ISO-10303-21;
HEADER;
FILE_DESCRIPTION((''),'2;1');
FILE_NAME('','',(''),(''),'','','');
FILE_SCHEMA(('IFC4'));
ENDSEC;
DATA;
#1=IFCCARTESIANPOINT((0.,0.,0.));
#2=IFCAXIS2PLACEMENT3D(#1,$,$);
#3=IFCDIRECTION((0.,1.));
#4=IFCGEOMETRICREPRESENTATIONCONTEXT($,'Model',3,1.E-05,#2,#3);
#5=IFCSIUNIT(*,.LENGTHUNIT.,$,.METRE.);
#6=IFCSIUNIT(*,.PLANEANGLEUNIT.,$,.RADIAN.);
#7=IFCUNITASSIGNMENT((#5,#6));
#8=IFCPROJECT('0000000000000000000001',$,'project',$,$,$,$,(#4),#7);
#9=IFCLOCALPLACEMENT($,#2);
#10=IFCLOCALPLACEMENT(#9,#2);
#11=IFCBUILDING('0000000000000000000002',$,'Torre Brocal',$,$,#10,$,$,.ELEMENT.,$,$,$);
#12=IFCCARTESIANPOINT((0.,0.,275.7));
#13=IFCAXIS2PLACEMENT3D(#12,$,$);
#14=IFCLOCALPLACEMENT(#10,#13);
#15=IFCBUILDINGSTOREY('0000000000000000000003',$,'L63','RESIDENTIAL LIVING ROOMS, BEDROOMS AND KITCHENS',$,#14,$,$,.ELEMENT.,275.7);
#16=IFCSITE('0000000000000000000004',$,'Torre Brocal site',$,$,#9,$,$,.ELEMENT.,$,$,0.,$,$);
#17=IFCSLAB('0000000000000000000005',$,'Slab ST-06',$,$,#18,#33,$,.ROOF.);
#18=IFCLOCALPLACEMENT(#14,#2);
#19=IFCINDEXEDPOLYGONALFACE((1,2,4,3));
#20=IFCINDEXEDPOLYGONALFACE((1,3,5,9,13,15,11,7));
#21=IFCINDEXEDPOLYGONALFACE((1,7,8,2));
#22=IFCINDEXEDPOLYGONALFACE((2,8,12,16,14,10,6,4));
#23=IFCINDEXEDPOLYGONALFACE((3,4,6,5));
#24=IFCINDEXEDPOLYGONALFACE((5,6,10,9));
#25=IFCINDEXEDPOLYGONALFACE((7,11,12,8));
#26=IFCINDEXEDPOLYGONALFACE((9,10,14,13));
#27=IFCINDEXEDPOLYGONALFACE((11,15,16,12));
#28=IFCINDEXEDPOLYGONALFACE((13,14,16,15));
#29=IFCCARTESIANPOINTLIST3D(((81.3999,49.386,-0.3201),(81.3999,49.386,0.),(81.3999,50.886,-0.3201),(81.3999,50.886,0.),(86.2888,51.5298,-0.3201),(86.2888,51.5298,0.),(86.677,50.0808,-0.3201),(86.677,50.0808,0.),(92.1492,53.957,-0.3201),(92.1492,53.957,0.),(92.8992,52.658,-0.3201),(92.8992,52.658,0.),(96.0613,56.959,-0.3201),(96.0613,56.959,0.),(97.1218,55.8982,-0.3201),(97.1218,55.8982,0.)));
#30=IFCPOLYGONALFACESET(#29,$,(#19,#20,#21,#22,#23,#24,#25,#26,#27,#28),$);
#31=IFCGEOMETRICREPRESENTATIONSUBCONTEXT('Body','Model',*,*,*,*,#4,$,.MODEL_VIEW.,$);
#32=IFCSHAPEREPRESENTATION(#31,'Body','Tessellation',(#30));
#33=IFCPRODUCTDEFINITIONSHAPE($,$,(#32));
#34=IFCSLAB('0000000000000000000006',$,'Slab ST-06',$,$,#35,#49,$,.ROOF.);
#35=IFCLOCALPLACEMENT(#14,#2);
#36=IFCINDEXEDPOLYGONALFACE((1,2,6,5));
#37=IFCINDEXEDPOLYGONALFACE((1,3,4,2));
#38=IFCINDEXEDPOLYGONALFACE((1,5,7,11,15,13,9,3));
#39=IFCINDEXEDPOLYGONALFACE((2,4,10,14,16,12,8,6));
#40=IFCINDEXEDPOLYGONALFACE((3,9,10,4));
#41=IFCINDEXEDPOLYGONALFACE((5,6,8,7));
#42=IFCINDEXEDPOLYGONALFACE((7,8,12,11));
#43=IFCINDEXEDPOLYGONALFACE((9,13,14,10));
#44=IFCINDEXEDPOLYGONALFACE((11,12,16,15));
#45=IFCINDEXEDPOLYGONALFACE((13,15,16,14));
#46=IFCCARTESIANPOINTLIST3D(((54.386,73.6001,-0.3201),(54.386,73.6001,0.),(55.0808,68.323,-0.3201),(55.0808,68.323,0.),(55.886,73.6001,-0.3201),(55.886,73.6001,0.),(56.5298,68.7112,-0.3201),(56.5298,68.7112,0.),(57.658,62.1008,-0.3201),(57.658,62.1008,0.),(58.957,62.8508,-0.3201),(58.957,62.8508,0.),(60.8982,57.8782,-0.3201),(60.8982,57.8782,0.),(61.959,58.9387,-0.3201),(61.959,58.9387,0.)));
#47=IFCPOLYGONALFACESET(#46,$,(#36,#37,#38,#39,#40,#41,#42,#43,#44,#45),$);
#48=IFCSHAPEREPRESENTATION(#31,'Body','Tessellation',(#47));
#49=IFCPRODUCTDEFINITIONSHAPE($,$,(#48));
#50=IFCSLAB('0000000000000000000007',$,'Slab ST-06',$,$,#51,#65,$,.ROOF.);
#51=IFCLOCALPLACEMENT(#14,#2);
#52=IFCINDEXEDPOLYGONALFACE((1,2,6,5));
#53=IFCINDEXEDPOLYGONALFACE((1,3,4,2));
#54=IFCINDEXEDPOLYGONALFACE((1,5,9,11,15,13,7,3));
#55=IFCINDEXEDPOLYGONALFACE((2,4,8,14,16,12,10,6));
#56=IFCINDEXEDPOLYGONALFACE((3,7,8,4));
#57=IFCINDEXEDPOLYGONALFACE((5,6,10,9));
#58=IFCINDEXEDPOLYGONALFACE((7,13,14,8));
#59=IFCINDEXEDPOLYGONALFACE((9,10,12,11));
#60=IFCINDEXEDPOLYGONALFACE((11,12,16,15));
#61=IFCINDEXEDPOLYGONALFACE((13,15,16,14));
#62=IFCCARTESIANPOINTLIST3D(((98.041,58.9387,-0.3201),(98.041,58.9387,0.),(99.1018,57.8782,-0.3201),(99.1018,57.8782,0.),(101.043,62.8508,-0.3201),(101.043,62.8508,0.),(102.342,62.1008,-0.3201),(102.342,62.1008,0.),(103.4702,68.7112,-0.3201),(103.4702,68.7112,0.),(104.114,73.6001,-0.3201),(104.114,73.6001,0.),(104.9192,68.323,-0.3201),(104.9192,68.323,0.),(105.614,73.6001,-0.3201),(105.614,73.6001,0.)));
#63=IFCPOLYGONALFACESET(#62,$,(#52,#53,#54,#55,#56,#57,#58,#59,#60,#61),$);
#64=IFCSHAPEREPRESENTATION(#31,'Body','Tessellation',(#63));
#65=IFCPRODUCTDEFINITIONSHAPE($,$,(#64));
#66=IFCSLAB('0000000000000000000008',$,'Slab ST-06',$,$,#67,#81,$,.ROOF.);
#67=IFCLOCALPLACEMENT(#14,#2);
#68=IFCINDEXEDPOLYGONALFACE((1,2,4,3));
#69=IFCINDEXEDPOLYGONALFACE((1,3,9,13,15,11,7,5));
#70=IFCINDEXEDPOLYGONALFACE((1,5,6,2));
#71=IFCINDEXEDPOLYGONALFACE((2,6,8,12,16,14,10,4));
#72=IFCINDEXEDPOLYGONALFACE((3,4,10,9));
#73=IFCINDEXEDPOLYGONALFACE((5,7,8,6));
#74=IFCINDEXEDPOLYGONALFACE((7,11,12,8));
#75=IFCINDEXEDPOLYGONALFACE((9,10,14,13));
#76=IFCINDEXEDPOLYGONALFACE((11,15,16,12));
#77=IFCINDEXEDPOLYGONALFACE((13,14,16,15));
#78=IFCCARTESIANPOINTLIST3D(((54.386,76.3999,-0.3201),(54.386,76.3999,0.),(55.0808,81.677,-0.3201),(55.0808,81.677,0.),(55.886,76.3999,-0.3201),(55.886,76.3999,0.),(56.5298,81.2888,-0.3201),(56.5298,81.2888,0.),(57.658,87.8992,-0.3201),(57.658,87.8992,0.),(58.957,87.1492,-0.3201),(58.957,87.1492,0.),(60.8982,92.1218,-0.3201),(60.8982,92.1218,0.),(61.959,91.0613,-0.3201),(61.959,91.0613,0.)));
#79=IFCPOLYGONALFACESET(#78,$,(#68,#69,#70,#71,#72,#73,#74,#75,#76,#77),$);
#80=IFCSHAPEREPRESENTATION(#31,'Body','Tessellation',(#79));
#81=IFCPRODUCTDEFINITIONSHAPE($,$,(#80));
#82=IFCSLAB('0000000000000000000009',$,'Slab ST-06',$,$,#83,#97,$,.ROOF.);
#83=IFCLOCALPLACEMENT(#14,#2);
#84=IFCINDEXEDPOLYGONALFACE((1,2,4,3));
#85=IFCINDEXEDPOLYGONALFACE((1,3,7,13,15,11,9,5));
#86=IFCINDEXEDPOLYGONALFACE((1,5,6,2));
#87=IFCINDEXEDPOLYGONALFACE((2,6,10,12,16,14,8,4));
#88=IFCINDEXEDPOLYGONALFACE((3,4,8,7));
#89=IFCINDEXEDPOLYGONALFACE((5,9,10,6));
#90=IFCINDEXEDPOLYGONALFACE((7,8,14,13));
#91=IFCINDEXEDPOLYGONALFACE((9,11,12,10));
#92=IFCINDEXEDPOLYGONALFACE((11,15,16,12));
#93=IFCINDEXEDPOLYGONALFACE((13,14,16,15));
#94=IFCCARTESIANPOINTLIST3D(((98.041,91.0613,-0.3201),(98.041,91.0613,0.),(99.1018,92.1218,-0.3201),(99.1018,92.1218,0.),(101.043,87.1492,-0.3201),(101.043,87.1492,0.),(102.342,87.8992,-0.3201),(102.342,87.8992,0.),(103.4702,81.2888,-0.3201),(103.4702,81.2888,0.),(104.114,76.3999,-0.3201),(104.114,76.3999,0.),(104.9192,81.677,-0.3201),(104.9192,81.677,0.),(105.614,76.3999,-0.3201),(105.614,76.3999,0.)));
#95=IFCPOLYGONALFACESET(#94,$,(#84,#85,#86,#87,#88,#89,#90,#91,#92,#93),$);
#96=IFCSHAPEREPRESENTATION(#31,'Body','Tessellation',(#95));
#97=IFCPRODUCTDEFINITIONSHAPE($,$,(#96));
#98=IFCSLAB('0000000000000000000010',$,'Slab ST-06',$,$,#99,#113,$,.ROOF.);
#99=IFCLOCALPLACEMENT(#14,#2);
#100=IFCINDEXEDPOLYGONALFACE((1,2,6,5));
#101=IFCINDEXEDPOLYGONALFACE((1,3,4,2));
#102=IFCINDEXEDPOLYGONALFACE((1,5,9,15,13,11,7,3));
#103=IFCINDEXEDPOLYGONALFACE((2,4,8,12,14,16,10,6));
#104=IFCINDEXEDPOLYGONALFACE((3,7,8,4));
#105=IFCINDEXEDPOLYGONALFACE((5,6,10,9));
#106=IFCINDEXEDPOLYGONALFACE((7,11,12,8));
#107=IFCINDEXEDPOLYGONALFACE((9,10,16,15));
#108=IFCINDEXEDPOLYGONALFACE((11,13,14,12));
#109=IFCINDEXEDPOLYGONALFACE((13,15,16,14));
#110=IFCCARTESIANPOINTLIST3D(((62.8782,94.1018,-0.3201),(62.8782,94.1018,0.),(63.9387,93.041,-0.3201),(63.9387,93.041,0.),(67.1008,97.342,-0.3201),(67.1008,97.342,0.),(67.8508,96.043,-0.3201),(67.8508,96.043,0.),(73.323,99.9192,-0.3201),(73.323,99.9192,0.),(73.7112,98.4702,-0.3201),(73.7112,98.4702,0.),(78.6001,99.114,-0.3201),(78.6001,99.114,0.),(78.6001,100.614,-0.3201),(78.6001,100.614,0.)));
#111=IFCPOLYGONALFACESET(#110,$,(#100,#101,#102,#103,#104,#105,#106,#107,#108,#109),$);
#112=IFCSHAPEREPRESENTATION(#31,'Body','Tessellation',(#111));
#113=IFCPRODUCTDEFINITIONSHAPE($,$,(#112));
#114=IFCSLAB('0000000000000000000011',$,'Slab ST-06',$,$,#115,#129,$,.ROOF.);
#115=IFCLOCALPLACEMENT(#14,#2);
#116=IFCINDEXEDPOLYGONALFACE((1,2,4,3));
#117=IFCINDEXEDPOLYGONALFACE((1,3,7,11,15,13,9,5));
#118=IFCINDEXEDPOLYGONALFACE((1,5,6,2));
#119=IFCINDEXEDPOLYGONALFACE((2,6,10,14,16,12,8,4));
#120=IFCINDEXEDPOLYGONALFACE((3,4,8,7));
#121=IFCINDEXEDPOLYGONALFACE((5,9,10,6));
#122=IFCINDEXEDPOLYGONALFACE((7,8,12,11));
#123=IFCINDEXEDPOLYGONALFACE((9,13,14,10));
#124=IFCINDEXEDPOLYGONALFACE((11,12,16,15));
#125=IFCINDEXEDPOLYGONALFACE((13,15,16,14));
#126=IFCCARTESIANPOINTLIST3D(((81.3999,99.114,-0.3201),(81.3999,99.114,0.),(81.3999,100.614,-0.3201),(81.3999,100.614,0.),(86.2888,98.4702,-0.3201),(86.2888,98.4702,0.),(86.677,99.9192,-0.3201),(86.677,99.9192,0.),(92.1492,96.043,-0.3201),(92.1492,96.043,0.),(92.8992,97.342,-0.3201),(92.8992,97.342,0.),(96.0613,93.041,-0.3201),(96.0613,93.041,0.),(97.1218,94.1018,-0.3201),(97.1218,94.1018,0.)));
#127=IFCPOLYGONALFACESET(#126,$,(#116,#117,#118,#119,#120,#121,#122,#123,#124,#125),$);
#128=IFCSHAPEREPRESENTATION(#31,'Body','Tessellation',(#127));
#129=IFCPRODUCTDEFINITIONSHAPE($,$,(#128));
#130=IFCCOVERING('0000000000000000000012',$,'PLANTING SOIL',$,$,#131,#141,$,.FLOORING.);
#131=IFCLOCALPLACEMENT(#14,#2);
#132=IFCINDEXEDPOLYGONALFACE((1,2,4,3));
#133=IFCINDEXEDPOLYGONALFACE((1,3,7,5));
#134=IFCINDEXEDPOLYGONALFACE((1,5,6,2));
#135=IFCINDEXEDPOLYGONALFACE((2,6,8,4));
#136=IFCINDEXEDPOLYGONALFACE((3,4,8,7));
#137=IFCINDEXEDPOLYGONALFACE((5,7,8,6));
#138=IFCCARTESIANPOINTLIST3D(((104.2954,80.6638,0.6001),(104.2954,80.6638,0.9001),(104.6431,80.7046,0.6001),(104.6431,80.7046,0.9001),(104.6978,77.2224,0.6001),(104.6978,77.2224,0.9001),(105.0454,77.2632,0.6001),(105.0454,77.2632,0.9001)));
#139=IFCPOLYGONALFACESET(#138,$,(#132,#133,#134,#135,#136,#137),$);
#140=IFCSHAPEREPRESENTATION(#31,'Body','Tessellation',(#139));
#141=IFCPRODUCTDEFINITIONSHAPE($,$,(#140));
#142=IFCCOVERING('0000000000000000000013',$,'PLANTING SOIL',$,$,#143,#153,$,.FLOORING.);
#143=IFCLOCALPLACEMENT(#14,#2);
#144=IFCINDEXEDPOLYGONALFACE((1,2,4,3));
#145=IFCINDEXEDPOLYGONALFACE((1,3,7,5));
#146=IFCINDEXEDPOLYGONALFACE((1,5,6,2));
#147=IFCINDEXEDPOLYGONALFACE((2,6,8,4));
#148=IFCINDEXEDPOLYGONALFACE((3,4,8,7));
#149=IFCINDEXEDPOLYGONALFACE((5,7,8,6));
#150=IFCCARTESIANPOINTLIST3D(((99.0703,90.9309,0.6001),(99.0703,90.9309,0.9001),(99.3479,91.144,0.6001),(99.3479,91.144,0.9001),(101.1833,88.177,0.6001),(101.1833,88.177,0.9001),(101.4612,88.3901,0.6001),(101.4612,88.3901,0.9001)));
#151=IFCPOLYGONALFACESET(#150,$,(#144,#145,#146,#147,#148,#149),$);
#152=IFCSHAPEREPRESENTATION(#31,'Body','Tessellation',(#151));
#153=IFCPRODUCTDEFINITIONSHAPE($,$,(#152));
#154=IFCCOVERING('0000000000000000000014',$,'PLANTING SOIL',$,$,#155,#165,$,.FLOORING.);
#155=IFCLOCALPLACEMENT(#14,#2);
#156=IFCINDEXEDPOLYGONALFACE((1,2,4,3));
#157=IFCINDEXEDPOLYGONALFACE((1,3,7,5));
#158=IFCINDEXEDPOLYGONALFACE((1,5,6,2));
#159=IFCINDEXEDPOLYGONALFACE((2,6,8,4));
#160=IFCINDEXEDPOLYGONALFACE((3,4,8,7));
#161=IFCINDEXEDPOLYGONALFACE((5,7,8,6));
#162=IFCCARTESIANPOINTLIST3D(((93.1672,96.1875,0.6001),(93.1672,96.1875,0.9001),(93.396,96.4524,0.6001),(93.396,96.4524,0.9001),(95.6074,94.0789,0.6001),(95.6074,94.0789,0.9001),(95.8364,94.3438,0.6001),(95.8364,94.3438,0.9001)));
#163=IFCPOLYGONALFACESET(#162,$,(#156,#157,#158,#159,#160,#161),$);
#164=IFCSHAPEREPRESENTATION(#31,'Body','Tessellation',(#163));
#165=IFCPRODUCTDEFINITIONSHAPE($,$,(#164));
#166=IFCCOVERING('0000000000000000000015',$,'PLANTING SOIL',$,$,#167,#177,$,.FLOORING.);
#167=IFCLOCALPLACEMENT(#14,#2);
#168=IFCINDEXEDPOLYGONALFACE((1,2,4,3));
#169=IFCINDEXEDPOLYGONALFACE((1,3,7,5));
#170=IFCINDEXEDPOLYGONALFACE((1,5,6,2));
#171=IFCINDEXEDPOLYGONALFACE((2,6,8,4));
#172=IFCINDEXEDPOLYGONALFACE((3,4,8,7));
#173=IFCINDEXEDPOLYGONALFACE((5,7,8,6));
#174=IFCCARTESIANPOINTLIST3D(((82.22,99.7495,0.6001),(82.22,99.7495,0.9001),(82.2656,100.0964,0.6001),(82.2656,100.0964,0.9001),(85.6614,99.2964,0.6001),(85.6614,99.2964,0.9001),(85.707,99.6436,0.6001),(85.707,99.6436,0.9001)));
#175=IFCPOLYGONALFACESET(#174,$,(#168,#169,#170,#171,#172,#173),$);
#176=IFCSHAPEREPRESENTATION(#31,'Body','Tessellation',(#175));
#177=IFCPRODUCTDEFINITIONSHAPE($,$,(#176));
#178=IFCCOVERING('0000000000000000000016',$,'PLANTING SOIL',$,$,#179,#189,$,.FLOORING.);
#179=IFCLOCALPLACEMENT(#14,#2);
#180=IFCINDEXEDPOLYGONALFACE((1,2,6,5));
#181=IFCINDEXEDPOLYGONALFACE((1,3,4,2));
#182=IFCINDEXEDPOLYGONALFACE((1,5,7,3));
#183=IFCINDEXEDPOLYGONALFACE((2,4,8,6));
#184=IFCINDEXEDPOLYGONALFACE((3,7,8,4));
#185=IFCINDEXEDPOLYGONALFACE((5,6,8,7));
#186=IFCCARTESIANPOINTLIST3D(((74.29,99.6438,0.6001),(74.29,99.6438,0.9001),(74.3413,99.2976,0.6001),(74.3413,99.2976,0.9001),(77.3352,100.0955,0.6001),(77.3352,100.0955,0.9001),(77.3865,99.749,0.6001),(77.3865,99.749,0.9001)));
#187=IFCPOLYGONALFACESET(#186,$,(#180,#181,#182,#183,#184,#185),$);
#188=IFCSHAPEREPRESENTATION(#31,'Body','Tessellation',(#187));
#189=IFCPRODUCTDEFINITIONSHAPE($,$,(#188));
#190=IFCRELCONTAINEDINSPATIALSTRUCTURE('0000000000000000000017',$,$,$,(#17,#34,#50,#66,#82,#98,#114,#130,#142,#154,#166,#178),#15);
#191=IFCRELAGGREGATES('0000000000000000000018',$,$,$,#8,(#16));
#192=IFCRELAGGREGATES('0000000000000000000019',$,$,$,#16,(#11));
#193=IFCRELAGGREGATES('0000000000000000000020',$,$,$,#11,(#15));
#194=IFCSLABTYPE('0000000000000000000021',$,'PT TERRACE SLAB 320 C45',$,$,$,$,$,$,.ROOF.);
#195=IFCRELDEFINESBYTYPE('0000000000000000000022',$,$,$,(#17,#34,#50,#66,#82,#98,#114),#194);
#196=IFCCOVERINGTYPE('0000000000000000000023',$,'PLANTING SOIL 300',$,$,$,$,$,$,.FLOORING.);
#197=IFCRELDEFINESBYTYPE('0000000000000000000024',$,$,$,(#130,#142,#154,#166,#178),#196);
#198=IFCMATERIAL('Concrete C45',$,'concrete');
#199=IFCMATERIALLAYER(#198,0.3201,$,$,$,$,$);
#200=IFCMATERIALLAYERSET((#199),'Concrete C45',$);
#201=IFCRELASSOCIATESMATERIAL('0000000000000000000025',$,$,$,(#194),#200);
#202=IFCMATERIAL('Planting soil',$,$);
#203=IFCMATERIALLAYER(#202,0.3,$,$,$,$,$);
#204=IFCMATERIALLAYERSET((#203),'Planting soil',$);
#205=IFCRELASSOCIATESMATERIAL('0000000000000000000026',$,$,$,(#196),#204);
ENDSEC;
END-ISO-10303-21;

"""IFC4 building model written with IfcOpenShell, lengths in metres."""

from ifc_helpers import new_model, si_unit, direction, frame, origin, place, context, subcontext, project, spatial, polyline, outline, extrude, material, layer, layer_set, type_object, element, save


model = new_model("IFC4")

# Units and contexts
model_context = context("Model", 3, precision=1e-05, world=origin(), true_north=direction((0.0, 1.0)))
body_context = subcontext(model_context, "Body", "Model", "MODEL_VIEW")
ifc_project = project(units=[si_unit("LENGTHUNIT", "METRE"), si_unit("PLANEANGLEUNIT", "RADIAN")], contexts=[model_context])

# Site, building, storey
site_placement = place(None, origin())
site = spatial("IfcSite", under=ifc_project, at=site_placement, Name="Torre Brocal site", CompositionType="ELEMENT", RefElevation=0.0)
building_placement = place(site_placement, origin())
building = spatial("IfcBuilding", under=site, at=building_placement, Name="Torre Brocal", CompositionType="ELEMENT")
storey_placement = place(building_placement, frame((0.0, 0.0, 275.7)))
storey = spatial("IfcBuildingStorey", under=building, at=storey_placement, Name="L63", Description="RESIDENTIAL LIVING ROOMS, BEDROOMS AND KITCHENS", CompositionType="ELEMENT", Elevation=275.7)

# Slabs
ifc_material_1 = material(Name="Concrete C45", Category="concrete")
ifc_layer_1 = layer(ifc_material_1, 0.3201)
ifc_layer_set_1 = layer_set([ifc_layer_1], Name="Concrete C45")
slab_type_1 = type_object("IfcSlabType", Name="PT TERRACE SLAB 320 C45", PredefinedType="ROOF", material=ifc_layer_set_1)
slab_1_placement = place(storey_placement, frame((0.0, 0.0, -0.3201)))
element("IfcSlab", 1, at=slab_1_placement, inside=storey, type_object=slab_type_1, Name="Slab ST-06", PredefinedType="ROOF", context=body_context, shape_type="SweptSolid", body=[
    extrude(outline(polyline([(81.3999, 50.886), (86.2888, 51.5298), (92.1492, 53.957), (96.0613, 56.959), (97.1218, 55.8982), (92.8992, 52.658), (86.677, 50.0808), (81.3999, 49.386), (81.3999, 50.886)])), origin(), (0.0, 0.0, 1.0), 0.3201),
])
slab_2_placement = place(storey_placement, frame((0.0, 0.0, -0.3201)))
element("IfcSlab", 2, at=slab_2_placement, inside=storey, type_object=slab_type_1, Name="Slab ST-06", PredefinedType="ROOF", context=body_context, shape_type="SweptSolid", body=[
    extrude(outline(polyline([(56.5298, 68.7112), (58.957, 62.8508), (61.959, 58.9387), (60.8982, 57.8782), (57.658, 62.1008), (55.0808, 68.323), (54.386, 73.6001), (55.886, 73.6001), (56.5298, 68.7112)])), origin(), (0.0, 0.0, 1.0), 0.3201),
])
slab_3_placement = place(storey_placement, frame((0.0, 0.0, -0.3201)))
element("IfcSlab", 3, at=slab_3_placement, inside=storey, type_object=slab_type_1, Name="Slab ST-06", PredefinedType="ROOF", context=body_context, shape_type="SweptSolid", body=[
    extrude(outline(polyline([(103.4702, 68.7112), (104.114, 73.6001), (105.614, 73.6001), (104.9192, 68.323), (102.342, 62.1008), (99.1018, 57.8782), (98.041, 58.9387), (101.043, 62.8508), (103.4702, 68.7112)])), origin(), (0.0, 0.0, 1.0), 0.3201),
])
slab_4_placement = place(storey_placement, frame((0.0, 0.0, -0.3201)))
element("IfcSlab", 4, at=slab_4_placement, inside=storey, type_object=slab_type_1, Name="Slab ST-06", PredefinedType="ROOF", context=body_context, shape_type="SweptSolid", body=[
    extrude(outline(polyline([(58.957, 87.1492), (56.5298, 81.2888), (55.886, 76.3999), (54.386, 76.3999), (55.0808, 81.677), (57.658, 87.8992), (60.8982, 92.1218), (61.959, 91.0613), (58.957, 87.1492)])), origin(), (0.0, 0.0, 1.0), 0.3201),
])
slab_5_placement = place(storey_placement, frame((0.0, 0.0, -0.3201)))
element("IfcSlab", 5, at=slab_5_placement, inside=storey, type_object=slab_type_1, Name="Slab ST-06", PredefinedType="ROOF", context=body_context, shape_type="SweptSolid", body=[
    extrude(outline(polyline([(98.041, 91.0613), (99.1018, 92.1218), (102.342, 87.8992), (104.9192, 81.677), (105.614, 76.3999), (104.114, 76.3999), (103.4702, 81.2888), (101.043, 87.1492), (98.041, 91.0613)])), origin(), (0.0, 0.0, 1.0), 0.3201),
])
slab_6_placement = place(storey_placement, frame((0.0, 0.0, -0.3201)))
element("IfcSlab", 6, at=slab_6_placement, inside=storey, type_object=slab_type_1, Name="Slab ST-06", PredefinedType="ROOF", context=body_context, shape_type="SweptSolid", body=[
    extrude(outline(polyline([(67.8508, 96.043), (63.9387, 93.041), (62.8782, 94.1018), (67.1008, 97.342), (73.323, 99.9192), (78.6001, 100.614), (78.6001, 99.114), (73.7112, 98.4702), (67.8508, 96.043)])), origin(), (0.0, 0.0, 1.0), 0.3201),
])
slab_7_placement = place(storey_placement, frame((0.0, 0.0, -0.3201)))
element("IfcSlab", 7, at=slab_7_placement, inside=storey, type_object=slab_type_1, Name="Slab ST-06", PredefinedType="ROOF", context=body_context, shape_type="SweptSolid", body=[
    extrude(outline(polyline([(86.2888, 98.4702), (81.3999, 99.114), (81.3999, 100.614), (86.677, 99.9192), (92.8992, 97.342), (97.1218, 94.1018), (96.0613, 93.041), (92.1492, 96.043), (86.2888, 98.4702)])), origin(), (0.0, 0.0, 1.0), 0.3201),
])

# Coverings
ifc_material_2 = material(Name="Planting soil")
ifc_layer_2 = layer(ifc_material_2, 0.3)
ifc_layer_set_2 = layer_set([ifc_layer_2], Name="Planting soil")
covering_type = type_object("IfcCoveringType", Name="PLANTING SOIL 300", PredefinedType="FLOORING", material=ifc_layer_set_2)
covering_1_placement = place(storey_placement, frame((0.0, 0.0, 0.6001)))
element("IfcCovering", 8, at=covering_1_placement, inside=storey, type_object=covering_type, Name="PLANTING SOIL", PredefinedType="FLOORING", context=body_context, shape_type="SweptSolid", body=[
    extrude(outline(polyline([(104.6978, 77.2224), (104.2954, 80.6638), (104.6431, 80.7046), (105.0454, 77.2632), (104.6978, 77.2224)])), origin(), (0.0, 0.0, 1.0), 0.3),
])
covering_2_placement = place(storey_placement, frame((0.0, 0.0, 0.6001)))
element("IfcCovering", 9, at=covering_2_placement, inside=storey, type_object=covering_type, Name="PLANTING SOIL", PredefinedType="FLOORING", context=body_context, shape_type="SweptSolid", body=[
    extrude(outline(polyline([(101.1833, 88.177), (99.0703, 90.9309), (99.3479, 91.144), (101.4612, 88.3901), (101.1833, 88.177)])), origin(), (0.0, 0.0, 1.0), 0.3),
])
covering_3_placement = place(storey_placement, frame((0.0, 0.0, 0.6001)))
element("IfcCovering", 10, at=covering_3_placement, inside=storey, type_object=covering_type, Name="PLANTING SOIL", PredefinedType="FLOORING", context=body_context, shape_type="SweptSolid", body=[
    extrude(outline(polyline([(95.6074, 94.0789), (93.1672, 96.1875), (93.396, 96.4524), (95.8364, 94.3438), (95.6074, 94.0789)])), origin(), (0.0, 0.0, 1.0), 0.3),
])
covering_4_placement = place(storey_placement, frame((0.0, 0.0, 0.6001)))
element("IfcCovering", 11, at=covering_4_placement, inside=storey, type_object=covering_type, Name="PLANTING SOIL", PredefinedType="FLOORING", context=body_context, shape_type="SweptSolid", body=[
    extrude(outline(polyline([(85.6614, 99.2964), (82.22, 99.7495), (82.2656, 100.0964), (85.707, 99.6436), (85.6614, 99.2964)])), origin(), (0.0, 0.0, 1.0), 0.3),
])
covering_5_placement = place(storey_placement, frame((0.0, 0.0, 0.6001)))
element("IfcCovering", 12, at=covering_5_placement, inside=storey, type_object=covering_type, Name="PLANTING SOIL", PredefinedType="FLOORING", context=body_context, shape_type="SweptSolid", body=[
    extrude(outline(polyline([(77.3865, 99.749), (74.3413, 99.2976), (74.29, 99.6438), (77.3352, 100.0955), (77.3865, 99.749)])), origin(), (0.0, 0.0, 1.0), 0.3),
])

save(model, "model.ifc")
